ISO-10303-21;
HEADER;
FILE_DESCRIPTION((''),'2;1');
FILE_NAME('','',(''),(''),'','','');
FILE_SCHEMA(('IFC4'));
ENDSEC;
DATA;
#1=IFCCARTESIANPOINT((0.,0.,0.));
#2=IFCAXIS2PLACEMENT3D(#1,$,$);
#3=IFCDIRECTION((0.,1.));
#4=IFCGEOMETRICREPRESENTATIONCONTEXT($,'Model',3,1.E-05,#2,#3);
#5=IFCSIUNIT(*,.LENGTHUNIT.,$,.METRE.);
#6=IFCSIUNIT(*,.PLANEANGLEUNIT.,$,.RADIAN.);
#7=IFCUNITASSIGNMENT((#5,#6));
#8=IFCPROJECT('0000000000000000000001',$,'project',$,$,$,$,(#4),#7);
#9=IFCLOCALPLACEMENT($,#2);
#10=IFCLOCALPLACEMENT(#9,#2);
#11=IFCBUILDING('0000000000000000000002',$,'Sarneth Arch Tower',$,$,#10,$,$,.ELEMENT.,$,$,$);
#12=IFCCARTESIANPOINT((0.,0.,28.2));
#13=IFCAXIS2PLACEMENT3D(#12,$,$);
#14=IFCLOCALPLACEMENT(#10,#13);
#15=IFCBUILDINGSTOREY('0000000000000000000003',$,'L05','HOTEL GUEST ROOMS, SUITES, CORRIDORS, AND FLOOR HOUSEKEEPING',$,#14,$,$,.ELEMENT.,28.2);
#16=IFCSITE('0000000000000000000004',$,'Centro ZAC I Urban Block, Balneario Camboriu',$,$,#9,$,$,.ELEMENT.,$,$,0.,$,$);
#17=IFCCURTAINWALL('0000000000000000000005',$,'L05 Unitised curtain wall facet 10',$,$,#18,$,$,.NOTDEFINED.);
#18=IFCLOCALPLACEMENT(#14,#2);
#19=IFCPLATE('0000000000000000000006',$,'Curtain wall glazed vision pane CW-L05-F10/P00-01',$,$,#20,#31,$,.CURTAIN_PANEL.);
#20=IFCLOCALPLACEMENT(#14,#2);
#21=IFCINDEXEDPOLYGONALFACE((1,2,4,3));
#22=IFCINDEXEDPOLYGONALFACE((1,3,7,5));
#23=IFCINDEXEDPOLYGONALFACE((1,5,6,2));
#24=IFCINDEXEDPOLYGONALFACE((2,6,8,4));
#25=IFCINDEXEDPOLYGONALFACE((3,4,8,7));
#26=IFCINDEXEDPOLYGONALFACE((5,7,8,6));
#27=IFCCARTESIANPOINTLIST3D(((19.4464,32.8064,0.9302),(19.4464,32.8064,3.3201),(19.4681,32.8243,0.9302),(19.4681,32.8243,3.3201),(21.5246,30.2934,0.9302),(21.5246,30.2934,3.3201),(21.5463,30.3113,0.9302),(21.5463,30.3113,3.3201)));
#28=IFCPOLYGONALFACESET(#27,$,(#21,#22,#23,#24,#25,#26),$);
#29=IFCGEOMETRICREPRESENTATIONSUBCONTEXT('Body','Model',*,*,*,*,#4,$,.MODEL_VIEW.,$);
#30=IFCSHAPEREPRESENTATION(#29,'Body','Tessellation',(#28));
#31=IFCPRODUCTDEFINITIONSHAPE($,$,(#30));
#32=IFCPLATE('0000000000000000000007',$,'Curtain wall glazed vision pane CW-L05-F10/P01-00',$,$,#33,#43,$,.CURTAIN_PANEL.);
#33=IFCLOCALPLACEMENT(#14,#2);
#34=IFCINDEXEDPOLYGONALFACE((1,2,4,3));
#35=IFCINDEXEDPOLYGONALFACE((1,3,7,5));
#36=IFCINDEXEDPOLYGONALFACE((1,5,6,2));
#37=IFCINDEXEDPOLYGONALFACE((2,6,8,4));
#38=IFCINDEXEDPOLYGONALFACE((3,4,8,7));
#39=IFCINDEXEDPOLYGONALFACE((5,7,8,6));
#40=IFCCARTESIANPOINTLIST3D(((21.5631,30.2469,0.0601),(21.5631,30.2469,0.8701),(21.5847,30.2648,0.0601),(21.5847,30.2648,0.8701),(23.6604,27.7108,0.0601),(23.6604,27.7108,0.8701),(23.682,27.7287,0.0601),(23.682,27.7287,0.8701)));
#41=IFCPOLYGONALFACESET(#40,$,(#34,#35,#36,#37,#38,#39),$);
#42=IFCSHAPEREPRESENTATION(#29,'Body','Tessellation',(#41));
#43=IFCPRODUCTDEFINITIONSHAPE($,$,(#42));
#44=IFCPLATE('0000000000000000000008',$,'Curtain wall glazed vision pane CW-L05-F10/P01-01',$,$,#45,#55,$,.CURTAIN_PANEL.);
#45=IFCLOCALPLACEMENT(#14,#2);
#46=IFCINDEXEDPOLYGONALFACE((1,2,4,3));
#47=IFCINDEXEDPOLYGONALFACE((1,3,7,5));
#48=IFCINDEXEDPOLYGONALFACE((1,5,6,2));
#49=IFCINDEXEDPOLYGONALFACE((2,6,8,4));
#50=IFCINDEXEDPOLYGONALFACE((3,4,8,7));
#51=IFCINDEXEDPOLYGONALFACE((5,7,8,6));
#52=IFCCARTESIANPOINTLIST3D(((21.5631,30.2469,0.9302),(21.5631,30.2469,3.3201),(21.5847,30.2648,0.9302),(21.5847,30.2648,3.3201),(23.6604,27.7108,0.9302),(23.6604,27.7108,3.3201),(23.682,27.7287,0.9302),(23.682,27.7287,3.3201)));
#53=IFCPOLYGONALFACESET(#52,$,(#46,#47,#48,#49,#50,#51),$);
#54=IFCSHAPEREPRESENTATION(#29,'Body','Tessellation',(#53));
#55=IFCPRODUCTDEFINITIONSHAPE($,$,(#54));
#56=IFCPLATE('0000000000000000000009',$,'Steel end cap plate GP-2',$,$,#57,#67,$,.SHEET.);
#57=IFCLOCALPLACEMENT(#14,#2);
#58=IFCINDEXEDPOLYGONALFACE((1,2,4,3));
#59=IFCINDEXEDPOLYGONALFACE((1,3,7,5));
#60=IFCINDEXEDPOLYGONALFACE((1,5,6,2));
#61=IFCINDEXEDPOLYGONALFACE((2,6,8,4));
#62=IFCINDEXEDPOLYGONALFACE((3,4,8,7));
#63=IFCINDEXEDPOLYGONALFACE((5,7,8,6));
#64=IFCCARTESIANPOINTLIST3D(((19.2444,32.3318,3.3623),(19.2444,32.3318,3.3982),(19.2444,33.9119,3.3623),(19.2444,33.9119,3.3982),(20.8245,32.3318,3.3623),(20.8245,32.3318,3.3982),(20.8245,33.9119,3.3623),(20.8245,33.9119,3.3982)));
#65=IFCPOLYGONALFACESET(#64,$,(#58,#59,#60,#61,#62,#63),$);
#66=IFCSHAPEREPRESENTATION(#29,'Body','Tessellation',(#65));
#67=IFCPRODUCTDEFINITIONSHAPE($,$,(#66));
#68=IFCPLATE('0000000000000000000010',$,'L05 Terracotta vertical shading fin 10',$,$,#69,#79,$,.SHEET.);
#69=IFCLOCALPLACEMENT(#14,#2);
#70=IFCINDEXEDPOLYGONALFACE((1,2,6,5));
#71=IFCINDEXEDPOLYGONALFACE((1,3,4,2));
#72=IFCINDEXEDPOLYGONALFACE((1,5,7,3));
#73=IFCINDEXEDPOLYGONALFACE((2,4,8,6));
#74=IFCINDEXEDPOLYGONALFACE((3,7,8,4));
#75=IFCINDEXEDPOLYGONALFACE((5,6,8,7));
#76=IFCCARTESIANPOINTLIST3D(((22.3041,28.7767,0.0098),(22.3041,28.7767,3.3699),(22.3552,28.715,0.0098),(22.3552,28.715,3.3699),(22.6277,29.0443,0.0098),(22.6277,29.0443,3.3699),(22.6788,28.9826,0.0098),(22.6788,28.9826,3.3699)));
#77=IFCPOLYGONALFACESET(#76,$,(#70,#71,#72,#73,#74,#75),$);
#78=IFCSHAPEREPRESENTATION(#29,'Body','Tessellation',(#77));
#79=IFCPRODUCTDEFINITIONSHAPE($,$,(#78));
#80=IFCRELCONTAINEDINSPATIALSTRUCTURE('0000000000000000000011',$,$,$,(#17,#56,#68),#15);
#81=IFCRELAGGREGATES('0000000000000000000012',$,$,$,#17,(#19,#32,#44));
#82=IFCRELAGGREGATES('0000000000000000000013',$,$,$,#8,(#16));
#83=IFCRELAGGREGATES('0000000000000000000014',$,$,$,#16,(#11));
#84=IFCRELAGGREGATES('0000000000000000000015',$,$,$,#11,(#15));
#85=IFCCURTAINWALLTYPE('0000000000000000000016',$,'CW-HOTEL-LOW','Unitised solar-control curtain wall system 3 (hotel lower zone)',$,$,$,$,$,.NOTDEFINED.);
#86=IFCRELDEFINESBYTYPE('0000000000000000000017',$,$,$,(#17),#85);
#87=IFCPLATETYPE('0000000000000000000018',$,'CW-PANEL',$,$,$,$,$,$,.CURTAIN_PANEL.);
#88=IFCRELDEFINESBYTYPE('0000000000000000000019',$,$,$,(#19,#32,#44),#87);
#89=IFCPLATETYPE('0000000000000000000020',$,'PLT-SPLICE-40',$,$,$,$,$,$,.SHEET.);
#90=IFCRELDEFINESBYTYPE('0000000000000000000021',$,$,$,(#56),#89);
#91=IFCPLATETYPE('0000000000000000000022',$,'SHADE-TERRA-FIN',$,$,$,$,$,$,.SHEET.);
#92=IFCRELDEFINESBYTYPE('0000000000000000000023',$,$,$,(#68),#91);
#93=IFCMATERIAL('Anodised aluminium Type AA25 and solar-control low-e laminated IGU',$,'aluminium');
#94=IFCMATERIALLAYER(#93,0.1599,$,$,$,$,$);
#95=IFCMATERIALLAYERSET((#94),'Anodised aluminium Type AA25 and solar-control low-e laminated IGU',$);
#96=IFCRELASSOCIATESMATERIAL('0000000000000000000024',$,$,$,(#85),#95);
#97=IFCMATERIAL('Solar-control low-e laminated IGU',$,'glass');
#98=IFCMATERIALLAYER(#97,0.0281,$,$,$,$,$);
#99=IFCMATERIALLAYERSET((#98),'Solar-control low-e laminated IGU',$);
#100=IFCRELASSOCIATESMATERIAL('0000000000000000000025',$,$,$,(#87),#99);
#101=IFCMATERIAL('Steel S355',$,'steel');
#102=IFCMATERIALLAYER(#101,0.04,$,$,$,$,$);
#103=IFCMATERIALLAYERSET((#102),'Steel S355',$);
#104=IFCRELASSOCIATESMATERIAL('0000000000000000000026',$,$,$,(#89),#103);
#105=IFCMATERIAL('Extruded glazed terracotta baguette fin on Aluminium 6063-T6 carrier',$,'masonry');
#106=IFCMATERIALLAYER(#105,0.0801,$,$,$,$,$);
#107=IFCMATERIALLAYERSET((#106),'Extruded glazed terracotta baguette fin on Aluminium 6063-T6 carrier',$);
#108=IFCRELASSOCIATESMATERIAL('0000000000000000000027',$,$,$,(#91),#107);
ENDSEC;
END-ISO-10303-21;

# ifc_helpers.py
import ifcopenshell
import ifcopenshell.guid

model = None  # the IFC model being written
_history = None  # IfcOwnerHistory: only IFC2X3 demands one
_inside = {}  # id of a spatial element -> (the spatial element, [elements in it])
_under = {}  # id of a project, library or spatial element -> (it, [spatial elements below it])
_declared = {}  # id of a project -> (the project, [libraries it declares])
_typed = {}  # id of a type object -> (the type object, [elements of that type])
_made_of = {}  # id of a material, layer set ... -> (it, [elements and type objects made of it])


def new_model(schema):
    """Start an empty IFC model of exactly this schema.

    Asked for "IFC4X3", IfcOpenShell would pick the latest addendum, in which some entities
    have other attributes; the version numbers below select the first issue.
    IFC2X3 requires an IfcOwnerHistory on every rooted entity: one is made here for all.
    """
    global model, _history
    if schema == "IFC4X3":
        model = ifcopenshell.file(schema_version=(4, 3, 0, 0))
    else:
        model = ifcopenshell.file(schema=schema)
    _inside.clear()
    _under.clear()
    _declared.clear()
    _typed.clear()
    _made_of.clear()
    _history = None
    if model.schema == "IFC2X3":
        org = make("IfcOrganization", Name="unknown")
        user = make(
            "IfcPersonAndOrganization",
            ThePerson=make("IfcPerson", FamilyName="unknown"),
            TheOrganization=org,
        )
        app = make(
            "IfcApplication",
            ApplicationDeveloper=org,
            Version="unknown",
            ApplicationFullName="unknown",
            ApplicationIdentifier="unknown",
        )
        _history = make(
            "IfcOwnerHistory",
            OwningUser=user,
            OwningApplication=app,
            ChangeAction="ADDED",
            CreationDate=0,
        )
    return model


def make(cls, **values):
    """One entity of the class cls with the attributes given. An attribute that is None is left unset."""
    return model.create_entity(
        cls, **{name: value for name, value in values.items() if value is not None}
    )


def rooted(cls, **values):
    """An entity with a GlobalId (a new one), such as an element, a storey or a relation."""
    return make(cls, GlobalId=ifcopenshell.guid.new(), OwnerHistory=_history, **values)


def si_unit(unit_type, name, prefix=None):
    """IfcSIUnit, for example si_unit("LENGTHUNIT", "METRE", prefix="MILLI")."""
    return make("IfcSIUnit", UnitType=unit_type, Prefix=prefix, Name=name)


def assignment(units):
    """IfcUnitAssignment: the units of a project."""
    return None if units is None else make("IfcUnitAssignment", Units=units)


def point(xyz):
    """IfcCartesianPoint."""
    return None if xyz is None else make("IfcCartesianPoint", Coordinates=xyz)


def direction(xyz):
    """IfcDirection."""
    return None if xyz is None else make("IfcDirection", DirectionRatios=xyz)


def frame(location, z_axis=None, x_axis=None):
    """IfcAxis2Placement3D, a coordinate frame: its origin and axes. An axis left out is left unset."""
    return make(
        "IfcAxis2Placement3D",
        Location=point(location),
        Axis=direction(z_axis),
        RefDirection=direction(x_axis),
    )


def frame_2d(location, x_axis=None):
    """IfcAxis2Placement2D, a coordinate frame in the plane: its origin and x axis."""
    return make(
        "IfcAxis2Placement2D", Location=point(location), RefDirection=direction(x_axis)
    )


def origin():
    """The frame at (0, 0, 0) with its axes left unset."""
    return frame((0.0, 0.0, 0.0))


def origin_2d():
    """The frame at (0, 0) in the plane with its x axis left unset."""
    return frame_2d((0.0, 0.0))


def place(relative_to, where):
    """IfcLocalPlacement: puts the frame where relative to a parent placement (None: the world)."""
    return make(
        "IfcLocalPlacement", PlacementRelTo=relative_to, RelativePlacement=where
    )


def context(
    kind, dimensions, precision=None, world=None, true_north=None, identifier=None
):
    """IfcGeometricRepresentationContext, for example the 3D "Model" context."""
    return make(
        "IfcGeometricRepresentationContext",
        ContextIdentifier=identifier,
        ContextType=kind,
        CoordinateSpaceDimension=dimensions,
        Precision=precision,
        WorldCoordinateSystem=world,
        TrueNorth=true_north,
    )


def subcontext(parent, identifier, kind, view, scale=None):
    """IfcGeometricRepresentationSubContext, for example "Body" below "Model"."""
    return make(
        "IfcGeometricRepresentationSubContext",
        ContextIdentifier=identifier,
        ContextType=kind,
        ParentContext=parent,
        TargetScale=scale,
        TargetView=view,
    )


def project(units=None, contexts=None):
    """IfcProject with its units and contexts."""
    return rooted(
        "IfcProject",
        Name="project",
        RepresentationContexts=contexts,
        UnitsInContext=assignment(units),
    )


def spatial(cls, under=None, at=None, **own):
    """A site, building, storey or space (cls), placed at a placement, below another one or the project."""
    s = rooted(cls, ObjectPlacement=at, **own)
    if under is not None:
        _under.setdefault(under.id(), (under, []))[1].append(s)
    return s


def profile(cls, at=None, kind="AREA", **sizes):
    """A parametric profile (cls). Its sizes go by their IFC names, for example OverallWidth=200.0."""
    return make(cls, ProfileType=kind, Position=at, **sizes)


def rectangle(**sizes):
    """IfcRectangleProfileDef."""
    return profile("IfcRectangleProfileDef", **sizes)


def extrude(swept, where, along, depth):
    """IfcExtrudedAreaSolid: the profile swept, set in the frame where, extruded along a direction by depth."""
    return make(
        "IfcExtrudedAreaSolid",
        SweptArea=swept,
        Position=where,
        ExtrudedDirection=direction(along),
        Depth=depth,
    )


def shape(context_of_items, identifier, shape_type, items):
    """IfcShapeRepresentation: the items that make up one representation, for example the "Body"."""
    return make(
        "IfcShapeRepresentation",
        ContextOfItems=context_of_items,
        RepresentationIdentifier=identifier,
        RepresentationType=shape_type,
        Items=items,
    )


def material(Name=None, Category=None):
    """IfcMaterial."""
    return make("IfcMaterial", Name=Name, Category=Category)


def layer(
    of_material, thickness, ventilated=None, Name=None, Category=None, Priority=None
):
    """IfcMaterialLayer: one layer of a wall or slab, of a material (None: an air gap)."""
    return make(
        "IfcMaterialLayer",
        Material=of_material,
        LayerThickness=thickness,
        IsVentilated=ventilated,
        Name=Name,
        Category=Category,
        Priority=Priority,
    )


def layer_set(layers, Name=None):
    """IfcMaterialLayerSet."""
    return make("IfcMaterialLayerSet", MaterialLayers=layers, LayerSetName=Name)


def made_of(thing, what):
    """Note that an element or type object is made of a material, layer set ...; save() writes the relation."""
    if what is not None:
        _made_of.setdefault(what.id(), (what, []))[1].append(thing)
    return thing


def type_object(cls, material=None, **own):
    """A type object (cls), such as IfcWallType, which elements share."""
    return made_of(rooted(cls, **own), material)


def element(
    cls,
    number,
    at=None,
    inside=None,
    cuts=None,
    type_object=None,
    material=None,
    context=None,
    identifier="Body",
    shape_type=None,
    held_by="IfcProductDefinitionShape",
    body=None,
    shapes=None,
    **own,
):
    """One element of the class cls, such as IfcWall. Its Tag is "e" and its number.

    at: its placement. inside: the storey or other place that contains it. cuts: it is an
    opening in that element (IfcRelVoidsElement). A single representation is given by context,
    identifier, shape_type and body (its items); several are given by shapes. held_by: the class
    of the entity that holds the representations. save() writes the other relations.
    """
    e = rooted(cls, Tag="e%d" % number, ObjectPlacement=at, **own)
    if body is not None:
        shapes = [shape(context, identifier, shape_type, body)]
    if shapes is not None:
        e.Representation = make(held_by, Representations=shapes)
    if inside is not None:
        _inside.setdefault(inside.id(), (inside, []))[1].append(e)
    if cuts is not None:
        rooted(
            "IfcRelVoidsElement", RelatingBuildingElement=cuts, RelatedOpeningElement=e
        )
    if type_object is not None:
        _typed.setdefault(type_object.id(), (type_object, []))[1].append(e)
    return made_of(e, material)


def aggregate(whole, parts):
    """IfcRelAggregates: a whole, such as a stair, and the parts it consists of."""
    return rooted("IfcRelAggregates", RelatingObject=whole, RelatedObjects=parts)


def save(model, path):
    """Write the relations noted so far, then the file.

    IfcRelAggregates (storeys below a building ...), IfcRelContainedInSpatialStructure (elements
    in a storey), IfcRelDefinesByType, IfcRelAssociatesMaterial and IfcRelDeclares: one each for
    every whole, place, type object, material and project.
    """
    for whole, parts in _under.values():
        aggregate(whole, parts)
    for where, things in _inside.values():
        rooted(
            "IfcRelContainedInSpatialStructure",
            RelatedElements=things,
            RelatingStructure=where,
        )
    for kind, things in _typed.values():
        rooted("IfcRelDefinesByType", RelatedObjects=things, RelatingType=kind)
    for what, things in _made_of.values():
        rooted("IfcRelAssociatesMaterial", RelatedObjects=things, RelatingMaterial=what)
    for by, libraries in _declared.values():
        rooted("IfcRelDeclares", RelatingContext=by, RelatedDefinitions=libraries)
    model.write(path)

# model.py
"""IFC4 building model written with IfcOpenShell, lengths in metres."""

from ifc_helpers import new_model, si_unit, direction, frame, origin, origin_2d, place, context, subcontext, project, spatial, rectangle, extrude, material, layer, layer_set, type_object, element, aggregate, save


model = new_model("IFC4")

# Units and contexts
model_context = context("Model", 3, precision=1e-05, world=origin(), true_north=direction((0.0, 1.0)))
body_context = subcontext(model_context, "Body", "Model", "MODEL_VIEW")
ifc_project = project(units=[si_unit("LENGTHUNIT", "METRE"), si_unit("PLANEANGLEUNIT", "RADIAN")], contexts=[model_context])

# Site, building, storey
site_placement = place(None, origin())
site = spatial("IfcSite", under=ifc_project, at=site_placement, Name="Centro ZAC I Urban Block, Balneario Camboriu", CompositionType="ELEMENT", RefElevation=0.0)
building_placement = place(site_placement, origin())
building = spatial("IfcBuilding", under=site, at=building_placement, Name="Sarneth Arch Tower", CompositionType="ELEMENT")
storey_placement = place(building_placement, frame((0.0, 0.0, 28.2)))
storey = spatial("IfcBuildingStorey", under=building, at=storey_placement, Name="L05", Description="HOTEL GUEST ROOMS, SUITES, CORRIDORS, AND FLOOR HOUSEKEEPING", CompositionType="ELEMENT", Elevation=28.2)

# Curtain wall, plates
ifc_material_1 = material(Name="Anodised aluminium Type AA25 and solar-control low-e laminated IGU", Category="aluminium")
ifc_layer_1 = layer(ifc_material_1, 0.1599)
ifc_layer_set_1 = layer_set([ifc_layer_1], Name="Anodised aluminium Type AA25 and solar-control low-e laminated IGU")
curtain_wall_type = type_object("IfcCurtainWallType", Name="CW-HOTEL-LOW", Description="Unitised solar-control curtain wall system 3 (hotel lower zone)", PredefinedType="NOTDEFINED", material=ifc_layer_set_1)
curtain_wall_placement = place(storey_placement, origin())
curtain_wall = element("IfcCurtainWall", 1, at=curtain_wall_placement, inside=storey, type_object=curtain_wall_type, Name="L05 Unitised curtain wall facet 10", PredefinedType="NOTDEFINED")
ifc_material_2 = material(Name="Solar-control low-e laminated IGU", Category="glass")
ifc_layer_2 = layer(ifc_material_2, 0.0281)
ifc_layer_set_2 = layer_set([ifc_layer_2], Name="Solar-control low-e laminated IGU")
plate_type_1 = type_object("IfcPlateType", Name="CW-PANEL", PredefinedType="CURTAIN_PANEL", material=ifc_layer_set_2)
plate_1_placement = place(storey_placement, frame((20.4963, 31.5588, 0.9302), z_axis=(0.0, 0.0, 1.0), x_axis=(0.637291, -0.770623, 0.0)))
plate_1 = element("IfcPlate", 2, at=plate_1_placement, type_object=plate_type_1, Name="Curtain wall glazed vision pane CW-L05-F10/P00-01", PredefinedType="CURTAIN_PANEL", context=body_context, shape_type="SweptSolid", body=[
    extrude(rectangle(XDim=3.261, YDim=0.0281, at=origin_2d()), origin(), (0.0, 0.0, 1.0), 2.3899),
])
plate_2_placement = place(storey_placement, frame((22.6226, 28.9878, 0.0601), z_axis=(0.0, 0.0, 1.0), x_axis=(0.637291, -0.770623, 0.0)))
plate_2 = element("IfcPlate", 3, at=plate_2_placement, type_object=plate_type_1, Name="Curtain wall glazed vision pane CW-L05-F10/P01-00", PredefinedType="CURTAIN_PANEL", context=body_context, shape_type="SweptSolid", body=[
    extrude(rectangle(XDim=3.291, YDim=0.0281, at=origin_2d()), origin(), (0.0, 0.0, 1.0), 0.8101),
])
plate_3_placement = place(storey_placement, frame((22.6226, 28.9878, 0.9302), z_axis=(0.0, 0.0, 1.0), x_axis=(0.637291, -0.770623, 0.0)))
plate_3 = element("IfcPlate", 4, at=plate_3_placement, type_object=plate_type_1, Name="Curtain wall glazed vision pane CW-L05-F10/P01-01", PredefinedType="CURTAIN_PANEL", context=body_context, shape_type="SweptSolid", body=[
    extrude(rectangle(XDim=3.291, YDim=0.0281, at=origin_2d()), origin(), (0.0, 0.0, 1.0), 2.3899),
])
aggregate(curtain_wall, [plate_1, plate_2, plate_3])

# Plates
ifc_material_3 = material(Name="Steel S355", Category="steel")
ifc_layer_3 = layer(ifc_material_3, 0.04)
ifc_layer_set_3 = layer_set([ifc_layer_3], Name="Steel S355")
plate_type_2 = type_object("IfcPlateType", Name="PLT-SPLICE-40", PredefinedType="SHEET", material=ifc_layer_set_3)
plate_4_placement = place(storey_placement, frame((20.0344, 33.1218, 3.3623), z_axis=(0.0, 0.0, 1.0), x_axis=(1.0, 0.0, 0.0)))
element("IfcPlate", 5, at=plate_4_placement, inside=storey, type_object=plate_type_2, Name="Steel end cap plate GP-2", PredefinedType="SHEET", context=body_context, shape_type="SweptSolid", body=[
    extrude(rectangle(XDim=1.5801, YDim=1.5801, at=origin_2d()), origin(), (0.0, 0.0, 1.0), 0.0359),
])
ifc_material_4 = material(Name="Extruded glazed terracotta baguette fin on Aluminium 6063-T6 carrier", Category="masonry")
ifc_layer_4 = layer(ifc_material_4, 0.0801)
ifc_layer_set_4 = layer_set([ifc_layer_4], Name="Extruded glazed terracotta baguette fin on Aluminium 6063-T6 carrier")
plate_type_3 = type_object("IfcPlateType", Name="SHADE-TERRA-FIN", PredefinedType="SHEET", material=ifc_layer_set_4)
plate_5_placement = place(storey_placement, frame((22.4915, 28.8796, 0.0098), z_axis=(0.0, 0.0, 1.0), x_axis=(-0.770624, -0.63729, 0.0)))
element("IfcPlate", 6, at=plate_5_placement, inside=storey, type_object=plate_type_3, Name="L05 Terracotta vertical shading fin 10", PredefinedType="SHEET", context=body_context, shape_type="SweptSolid", body=[
    extrude(rectangle(XDim=0.4199, YDim=0.0801, at=origin_2d()), origin(), (0.0, 0.0, 1.0), 3.3601),
])

save(model, "model.ifc")
